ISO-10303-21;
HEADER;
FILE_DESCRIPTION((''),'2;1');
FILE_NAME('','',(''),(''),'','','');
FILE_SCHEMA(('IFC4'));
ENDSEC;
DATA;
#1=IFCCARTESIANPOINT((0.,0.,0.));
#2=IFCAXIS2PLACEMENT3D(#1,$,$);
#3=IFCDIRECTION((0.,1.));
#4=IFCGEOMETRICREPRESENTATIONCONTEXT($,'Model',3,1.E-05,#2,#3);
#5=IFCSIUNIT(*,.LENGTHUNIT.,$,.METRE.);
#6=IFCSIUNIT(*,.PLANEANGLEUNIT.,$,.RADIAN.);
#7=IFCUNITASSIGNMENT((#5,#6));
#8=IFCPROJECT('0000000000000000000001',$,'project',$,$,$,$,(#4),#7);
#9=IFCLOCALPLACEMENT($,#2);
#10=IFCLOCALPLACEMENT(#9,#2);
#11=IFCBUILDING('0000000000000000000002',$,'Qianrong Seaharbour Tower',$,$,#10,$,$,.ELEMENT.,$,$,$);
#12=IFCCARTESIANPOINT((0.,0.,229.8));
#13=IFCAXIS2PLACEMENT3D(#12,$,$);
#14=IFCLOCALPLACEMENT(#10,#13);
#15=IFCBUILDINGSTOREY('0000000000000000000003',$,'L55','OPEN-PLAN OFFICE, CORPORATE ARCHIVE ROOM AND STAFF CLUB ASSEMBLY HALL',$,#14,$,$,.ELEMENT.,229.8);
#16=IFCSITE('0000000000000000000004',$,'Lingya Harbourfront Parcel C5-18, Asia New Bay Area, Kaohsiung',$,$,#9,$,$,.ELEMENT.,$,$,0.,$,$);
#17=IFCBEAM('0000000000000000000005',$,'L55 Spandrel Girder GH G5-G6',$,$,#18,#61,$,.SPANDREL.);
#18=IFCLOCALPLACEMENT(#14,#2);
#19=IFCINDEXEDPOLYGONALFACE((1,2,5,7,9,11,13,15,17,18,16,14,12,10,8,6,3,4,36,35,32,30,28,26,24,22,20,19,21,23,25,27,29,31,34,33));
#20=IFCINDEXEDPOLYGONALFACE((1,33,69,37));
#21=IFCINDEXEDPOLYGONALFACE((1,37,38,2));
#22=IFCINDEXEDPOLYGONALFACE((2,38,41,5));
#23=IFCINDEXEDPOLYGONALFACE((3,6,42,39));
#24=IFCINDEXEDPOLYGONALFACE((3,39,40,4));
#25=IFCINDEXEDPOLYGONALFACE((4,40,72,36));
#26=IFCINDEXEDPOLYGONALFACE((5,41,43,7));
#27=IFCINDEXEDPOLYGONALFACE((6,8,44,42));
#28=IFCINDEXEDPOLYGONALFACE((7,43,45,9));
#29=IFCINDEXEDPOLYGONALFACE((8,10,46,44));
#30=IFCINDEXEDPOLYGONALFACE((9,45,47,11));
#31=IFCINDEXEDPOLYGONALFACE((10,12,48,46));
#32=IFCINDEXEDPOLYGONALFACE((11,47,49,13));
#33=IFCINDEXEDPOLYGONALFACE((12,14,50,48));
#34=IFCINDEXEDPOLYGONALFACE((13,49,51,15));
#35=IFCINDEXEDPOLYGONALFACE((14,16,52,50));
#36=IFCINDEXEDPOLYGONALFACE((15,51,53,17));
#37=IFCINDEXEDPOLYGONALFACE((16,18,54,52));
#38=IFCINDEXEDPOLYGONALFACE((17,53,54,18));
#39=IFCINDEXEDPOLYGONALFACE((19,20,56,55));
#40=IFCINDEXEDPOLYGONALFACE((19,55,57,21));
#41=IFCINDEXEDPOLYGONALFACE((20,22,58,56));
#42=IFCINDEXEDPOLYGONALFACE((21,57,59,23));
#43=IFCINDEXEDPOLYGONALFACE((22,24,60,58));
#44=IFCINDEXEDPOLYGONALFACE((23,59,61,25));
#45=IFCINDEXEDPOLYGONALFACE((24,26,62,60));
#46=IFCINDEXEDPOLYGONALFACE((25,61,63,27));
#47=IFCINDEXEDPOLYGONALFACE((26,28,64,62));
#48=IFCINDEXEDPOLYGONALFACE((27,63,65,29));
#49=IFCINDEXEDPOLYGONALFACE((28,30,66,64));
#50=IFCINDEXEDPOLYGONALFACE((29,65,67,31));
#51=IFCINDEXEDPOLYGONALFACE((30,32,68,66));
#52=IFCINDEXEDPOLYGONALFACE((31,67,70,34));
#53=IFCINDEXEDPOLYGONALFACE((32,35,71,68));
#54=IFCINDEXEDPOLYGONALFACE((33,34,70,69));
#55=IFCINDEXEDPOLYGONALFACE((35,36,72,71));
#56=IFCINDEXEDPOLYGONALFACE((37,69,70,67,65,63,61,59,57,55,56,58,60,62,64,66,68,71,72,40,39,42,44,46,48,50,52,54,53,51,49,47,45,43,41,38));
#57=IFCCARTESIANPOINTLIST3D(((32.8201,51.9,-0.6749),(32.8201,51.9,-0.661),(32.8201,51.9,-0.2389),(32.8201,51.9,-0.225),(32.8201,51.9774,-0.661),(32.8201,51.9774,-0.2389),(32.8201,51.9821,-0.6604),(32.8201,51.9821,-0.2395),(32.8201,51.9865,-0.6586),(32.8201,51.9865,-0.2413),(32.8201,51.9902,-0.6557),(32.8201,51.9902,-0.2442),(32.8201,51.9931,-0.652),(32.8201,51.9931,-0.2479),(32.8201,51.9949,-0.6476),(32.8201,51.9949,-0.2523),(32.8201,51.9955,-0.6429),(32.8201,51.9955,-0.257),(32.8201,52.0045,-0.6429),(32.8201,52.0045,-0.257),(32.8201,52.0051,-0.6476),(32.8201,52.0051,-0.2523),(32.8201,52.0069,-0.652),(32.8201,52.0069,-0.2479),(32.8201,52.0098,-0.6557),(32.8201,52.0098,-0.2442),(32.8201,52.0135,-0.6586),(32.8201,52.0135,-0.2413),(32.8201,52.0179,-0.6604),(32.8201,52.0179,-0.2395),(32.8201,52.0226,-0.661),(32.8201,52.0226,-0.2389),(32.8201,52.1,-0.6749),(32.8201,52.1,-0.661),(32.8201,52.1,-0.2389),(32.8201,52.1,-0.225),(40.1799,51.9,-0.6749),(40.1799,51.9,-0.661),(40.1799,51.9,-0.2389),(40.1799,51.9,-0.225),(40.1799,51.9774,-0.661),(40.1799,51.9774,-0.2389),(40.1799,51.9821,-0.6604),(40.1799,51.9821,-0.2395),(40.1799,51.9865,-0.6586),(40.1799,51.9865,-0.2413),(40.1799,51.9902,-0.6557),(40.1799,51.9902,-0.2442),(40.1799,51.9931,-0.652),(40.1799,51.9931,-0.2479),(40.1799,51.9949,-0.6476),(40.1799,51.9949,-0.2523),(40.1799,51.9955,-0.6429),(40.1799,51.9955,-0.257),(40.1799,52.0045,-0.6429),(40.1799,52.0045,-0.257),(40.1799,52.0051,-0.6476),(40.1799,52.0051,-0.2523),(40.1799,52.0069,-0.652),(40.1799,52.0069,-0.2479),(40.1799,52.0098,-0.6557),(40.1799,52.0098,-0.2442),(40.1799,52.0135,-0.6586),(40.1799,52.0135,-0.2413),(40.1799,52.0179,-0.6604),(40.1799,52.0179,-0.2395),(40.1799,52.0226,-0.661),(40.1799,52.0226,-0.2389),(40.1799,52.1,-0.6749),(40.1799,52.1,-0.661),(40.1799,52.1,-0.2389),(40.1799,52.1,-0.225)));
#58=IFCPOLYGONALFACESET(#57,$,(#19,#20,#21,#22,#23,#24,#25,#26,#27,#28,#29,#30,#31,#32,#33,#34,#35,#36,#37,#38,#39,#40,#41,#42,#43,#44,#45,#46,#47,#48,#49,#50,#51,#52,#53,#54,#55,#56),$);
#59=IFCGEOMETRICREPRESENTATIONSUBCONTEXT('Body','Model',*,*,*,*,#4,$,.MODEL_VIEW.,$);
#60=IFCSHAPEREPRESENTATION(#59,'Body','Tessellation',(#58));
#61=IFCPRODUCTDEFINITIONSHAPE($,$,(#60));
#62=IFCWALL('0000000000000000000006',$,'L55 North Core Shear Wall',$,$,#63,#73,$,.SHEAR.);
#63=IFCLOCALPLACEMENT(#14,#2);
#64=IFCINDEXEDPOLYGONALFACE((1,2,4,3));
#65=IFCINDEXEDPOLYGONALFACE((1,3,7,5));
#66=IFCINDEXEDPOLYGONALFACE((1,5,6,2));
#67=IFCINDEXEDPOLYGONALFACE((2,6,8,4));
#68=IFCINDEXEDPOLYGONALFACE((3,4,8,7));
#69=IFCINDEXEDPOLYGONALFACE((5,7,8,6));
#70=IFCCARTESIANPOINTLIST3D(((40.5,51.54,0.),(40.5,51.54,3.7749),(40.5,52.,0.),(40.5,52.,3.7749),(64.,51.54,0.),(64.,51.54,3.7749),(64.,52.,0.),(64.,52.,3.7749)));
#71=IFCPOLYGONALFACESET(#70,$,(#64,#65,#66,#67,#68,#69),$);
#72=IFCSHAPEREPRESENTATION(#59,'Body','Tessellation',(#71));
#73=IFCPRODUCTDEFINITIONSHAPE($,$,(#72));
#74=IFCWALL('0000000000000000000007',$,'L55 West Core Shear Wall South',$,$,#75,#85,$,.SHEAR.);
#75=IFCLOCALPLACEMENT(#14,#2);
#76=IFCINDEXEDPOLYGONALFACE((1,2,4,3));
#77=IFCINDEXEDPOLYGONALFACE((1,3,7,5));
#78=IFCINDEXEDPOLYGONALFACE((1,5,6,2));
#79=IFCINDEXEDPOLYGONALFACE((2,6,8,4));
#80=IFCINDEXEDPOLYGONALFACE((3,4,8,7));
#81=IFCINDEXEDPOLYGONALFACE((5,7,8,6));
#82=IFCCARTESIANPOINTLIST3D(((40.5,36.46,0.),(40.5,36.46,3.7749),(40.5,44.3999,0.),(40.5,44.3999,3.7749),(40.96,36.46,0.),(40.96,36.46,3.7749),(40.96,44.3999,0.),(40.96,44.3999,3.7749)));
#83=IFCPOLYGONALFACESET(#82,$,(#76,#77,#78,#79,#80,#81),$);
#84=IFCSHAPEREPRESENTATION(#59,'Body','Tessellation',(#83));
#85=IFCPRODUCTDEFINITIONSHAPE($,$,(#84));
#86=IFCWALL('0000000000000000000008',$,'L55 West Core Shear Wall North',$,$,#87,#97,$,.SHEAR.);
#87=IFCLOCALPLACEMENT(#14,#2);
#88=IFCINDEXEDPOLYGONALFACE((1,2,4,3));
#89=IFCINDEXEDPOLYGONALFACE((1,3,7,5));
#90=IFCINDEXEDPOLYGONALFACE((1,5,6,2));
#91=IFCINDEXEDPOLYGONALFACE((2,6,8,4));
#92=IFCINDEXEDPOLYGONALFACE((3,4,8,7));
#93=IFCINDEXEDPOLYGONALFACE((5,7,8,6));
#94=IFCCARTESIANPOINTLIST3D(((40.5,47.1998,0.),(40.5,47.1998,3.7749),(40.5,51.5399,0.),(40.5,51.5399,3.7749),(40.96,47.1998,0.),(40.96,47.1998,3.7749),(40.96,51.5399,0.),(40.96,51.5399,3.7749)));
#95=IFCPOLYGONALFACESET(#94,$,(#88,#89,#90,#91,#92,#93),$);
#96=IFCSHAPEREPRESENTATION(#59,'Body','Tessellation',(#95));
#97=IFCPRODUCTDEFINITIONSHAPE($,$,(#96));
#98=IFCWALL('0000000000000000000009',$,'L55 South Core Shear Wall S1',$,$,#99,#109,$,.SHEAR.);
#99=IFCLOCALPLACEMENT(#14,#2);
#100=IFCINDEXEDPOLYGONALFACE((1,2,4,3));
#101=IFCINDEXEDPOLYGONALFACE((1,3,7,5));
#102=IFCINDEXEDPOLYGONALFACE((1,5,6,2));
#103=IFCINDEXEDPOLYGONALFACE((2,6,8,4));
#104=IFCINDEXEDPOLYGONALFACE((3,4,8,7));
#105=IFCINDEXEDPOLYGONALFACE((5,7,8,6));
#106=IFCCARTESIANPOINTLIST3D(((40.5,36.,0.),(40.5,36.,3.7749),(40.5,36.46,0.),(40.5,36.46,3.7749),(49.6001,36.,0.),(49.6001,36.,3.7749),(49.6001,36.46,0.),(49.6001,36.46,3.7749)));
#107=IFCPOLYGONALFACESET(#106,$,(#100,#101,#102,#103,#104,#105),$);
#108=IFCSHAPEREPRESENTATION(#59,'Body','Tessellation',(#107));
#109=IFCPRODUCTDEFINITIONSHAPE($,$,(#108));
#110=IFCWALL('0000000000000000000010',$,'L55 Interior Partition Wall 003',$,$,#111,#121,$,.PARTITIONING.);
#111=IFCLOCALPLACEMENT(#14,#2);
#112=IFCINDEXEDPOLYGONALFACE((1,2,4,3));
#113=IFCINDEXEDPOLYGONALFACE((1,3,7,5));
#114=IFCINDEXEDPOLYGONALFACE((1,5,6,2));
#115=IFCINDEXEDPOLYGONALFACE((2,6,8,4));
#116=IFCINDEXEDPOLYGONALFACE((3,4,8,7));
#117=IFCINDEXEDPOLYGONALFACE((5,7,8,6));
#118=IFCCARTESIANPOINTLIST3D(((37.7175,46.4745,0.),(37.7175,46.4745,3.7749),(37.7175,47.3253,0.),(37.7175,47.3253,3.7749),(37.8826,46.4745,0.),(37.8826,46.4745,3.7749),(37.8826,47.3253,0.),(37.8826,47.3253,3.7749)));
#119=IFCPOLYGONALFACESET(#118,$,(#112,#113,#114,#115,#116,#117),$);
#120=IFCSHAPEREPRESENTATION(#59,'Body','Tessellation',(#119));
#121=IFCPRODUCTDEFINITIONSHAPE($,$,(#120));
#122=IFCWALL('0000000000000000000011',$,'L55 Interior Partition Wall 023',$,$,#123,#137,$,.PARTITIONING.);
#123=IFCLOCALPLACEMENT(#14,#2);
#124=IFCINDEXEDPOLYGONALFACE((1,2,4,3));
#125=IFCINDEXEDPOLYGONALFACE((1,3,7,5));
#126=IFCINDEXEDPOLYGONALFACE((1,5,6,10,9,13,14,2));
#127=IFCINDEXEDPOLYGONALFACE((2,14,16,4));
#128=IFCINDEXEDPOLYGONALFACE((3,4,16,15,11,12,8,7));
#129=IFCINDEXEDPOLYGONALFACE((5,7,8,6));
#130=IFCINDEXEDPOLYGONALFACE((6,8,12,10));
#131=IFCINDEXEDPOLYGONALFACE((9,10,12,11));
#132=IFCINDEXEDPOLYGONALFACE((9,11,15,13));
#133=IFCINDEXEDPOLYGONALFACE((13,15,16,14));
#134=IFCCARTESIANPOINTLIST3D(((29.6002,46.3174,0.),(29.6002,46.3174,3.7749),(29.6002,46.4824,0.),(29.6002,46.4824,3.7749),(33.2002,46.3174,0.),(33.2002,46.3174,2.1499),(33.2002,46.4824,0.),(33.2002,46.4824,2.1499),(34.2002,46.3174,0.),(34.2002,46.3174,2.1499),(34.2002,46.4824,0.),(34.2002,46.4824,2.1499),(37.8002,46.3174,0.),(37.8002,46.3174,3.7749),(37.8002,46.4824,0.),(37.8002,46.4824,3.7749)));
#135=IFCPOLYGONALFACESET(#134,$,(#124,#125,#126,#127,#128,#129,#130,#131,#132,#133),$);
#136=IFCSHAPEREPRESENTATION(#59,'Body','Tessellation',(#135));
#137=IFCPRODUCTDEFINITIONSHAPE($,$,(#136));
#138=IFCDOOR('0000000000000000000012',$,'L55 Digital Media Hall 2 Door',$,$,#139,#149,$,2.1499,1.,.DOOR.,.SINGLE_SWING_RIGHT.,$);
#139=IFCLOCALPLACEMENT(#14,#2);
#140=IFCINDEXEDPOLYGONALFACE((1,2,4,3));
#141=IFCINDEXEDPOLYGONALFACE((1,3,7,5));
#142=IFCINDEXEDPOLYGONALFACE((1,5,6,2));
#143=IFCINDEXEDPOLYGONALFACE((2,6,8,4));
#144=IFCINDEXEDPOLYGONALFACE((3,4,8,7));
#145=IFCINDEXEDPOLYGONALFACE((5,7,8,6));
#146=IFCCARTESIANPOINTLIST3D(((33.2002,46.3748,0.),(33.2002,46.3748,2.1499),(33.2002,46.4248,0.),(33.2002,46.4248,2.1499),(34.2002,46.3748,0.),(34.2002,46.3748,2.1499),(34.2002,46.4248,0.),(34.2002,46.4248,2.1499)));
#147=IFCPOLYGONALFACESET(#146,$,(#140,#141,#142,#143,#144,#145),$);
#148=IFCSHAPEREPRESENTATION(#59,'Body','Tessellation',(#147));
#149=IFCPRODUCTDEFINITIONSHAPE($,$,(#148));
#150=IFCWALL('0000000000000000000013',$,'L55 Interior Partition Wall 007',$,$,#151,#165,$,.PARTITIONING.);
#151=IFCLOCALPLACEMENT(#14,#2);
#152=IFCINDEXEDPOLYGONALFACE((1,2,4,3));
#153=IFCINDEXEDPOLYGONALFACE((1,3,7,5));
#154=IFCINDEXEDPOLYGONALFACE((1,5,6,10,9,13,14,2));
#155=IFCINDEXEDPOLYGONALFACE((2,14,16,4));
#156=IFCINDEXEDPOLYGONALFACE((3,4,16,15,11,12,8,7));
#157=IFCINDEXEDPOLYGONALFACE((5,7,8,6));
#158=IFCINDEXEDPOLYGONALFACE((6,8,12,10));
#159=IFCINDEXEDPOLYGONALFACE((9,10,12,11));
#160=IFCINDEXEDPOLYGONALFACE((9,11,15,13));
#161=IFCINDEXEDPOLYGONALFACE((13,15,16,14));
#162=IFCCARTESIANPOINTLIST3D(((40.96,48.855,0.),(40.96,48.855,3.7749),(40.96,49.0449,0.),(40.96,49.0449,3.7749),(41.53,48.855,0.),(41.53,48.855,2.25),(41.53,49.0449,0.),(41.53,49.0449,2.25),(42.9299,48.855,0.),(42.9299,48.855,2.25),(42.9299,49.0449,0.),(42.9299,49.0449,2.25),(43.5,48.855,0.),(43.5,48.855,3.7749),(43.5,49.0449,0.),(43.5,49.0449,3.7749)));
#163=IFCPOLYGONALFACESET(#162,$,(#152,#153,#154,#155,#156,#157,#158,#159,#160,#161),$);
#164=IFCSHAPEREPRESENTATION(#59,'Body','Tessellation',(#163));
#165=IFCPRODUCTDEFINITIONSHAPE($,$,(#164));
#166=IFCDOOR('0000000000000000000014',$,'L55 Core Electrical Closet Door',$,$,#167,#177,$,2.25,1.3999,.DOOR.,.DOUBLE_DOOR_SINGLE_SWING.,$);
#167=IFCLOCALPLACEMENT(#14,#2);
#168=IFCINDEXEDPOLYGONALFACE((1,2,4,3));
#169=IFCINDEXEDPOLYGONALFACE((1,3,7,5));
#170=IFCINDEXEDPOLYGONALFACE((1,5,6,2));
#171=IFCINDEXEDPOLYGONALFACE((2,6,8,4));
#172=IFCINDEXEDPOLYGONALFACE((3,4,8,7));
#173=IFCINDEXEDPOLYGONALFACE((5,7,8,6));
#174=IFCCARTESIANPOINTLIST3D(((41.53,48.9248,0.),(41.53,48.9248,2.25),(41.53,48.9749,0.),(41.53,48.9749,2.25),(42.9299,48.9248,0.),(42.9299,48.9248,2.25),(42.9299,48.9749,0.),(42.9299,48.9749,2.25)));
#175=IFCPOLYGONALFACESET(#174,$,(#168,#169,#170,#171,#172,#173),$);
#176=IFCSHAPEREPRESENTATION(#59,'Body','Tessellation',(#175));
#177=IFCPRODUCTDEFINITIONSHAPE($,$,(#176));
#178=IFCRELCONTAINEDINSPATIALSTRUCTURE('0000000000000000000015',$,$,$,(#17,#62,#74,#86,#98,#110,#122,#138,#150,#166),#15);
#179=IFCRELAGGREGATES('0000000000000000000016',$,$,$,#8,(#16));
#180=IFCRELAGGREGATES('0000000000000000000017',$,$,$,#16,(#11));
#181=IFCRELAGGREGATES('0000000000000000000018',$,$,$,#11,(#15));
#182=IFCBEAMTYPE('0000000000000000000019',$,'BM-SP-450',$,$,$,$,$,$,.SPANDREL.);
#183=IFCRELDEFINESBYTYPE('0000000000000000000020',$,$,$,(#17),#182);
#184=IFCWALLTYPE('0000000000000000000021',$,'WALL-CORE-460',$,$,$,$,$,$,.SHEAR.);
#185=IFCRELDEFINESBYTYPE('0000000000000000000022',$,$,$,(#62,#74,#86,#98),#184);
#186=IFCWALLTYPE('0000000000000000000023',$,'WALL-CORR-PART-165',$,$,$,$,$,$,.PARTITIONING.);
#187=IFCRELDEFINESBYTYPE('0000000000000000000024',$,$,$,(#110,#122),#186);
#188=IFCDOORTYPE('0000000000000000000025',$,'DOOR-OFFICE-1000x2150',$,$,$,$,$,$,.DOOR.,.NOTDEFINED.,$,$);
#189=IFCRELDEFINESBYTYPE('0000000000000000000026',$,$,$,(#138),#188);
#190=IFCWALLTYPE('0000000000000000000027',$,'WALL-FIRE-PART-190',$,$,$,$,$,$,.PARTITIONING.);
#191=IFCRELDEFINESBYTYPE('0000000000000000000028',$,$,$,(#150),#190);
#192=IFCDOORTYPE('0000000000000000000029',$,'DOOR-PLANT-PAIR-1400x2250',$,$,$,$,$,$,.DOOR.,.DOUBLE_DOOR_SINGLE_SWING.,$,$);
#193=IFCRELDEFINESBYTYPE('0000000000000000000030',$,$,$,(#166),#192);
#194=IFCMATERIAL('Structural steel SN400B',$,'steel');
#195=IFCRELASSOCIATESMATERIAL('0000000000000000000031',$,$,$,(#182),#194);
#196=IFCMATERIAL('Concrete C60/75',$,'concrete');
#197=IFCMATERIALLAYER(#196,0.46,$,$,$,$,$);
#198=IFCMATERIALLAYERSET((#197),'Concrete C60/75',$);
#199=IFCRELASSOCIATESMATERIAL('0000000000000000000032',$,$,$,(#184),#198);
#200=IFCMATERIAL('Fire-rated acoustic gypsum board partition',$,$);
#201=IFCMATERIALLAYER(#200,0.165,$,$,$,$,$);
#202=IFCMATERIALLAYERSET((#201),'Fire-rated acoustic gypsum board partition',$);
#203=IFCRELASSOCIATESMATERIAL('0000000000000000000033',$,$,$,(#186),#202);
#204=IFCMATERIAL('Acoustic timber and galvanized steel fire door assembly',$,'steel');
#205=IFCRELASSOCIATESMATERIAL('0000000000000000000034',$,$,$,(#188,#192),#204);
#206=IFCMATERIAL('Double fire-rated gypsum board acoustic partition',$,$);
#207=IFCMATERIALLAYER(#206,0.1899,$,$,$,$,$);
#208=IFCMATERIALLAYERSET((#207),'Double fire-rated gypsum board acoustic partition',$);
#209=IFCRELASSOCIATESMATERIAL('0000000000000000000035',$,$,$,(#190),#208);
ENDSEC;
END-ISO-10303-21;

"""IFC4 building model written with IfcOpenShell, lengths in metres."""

from ifc_helpers import new_model, si_unit, direction, frame, frame_2d, origin, origin_2d, place, context, subcontext, project, spatial, rectangle, i_section, extrude, material, layer, layer_set, material_profile, profile_set, type_object, element, fill, save


model = new_model("IFC4")

# Units and contexts
model_context = context("Model", 3, precision=1e-05, world=origin(), true_north=direction((0.0, 1.0)))
body_context = subcontext(model_context, "Body", "Model", "MODEL_VIEW")
ifc_project = project(units=[si_unit("LENGTHUNIT", "METRE"), si_unit("PLANEANGLEUNIT", "RADIAN")], contexts=[model_context])

# Site, building, storey
site_placement = place(None, origin())
site = spatial("IfcSite", under=ifc_project, at=site_placement, Name="Lingya Harbourfront Parcel C5-18, Asia New Bay Area, Kaohsiung", CompositionType="ELEMENT", RefElevation=0.0)
building_placement = place(site_placement, origin())
building = spatial("IfcBuilding", under=site, at=building_placement, Name="Qianrong Seaharbour Tower", CompositionType="ELEMENT")
storey_placement = place(building_placement, frame((0.0, 0.0, 229.8)))
storey = spatial("IfcBuildingStorey", under=building, at=storey_placement, Name="L55", Description="OPEN-PLAN OFFICE, CORPORATE ARCHIVE ROOM AND STAFF CLUB ASSEMBLY HALL", CompositionType="ELEMENT", Elevation=229.8)

# Beam
ifc_material_1 = material(Name="Concrete C60/75", Category="concrete")
ifc_material_2 = material(Name="Structural steel SN400B", Category="steel")
ifc_material_profile_1 = material_profile(ifc_material_2, i_section(OverallWidth=0.2, OverallDepth=0.45, WebThickness=0.009, FlangeThickness=0.0139, FilletRadius=0.0181, at=origin_2d()), Name="H450x200x9x14")
ifc_profile_set_1 = profile_set([ifc_material_profile_1], Name="Structural steel SN400B")
beam_type_1 = type_object("IfcBeamType", Name="BM-SP-450", PredefinedType="SPANDREL", material=ifc_profile_set_1)
beam_1_placement = place(storey_placement, frame((32.8201, 52.0, -0.45), z_axis=(1.0, 0.0, 0.0), x_axis=(0.0, 1.0, 0.0)))
element("IfcBeam", 1, at=beam_1_placement, inside=storey, type_object=beam_type_1, Name="L55 Spandrel Girder GH G5-G6", PredefinedType="SPANDREL", context=body_context, shape_type="SweptSolid", body=[
    extrude(i_section(OverallWidth=0.2, OverallDepth=0.45, WebThickness=0.009, FlangeThickness=0.0139, FilletRadius=0.0181, at=origin_2d()), origin(), (0.0, 0.0, 1.0), 7.3599),
])

# Walls
ifc_layer_1 = layer(ifc_material_1, 0.46)
ifc_layer_set_1 = layer_set([ifc_layer_1], Name="Concrete C60/75")
wall_type_1 = type_object("IfcWallType", Name="WALL-CORE-460", PredefinedType="SHEAR", material=ifc_layer_set_1)
wall_1_placement = place(storey_placement, frame((40.5, 51.77, 0.0), z_axis=(0.0, 0.0, 1.0), x_axis=(1.0, 0.0, 0.0)))
element("IfcWall", 2, at=wall_1_placement, inside=storey, type_object=wall_type_1, Name="L55 North Core Shear Wall", PredefinedType="SHEAR", context=body_context, shape_type="SweptSolid", body=[
    extrude(rectangle(XDim=23.5, YDim=0.46, at=frame_2d((11.75, 0.0))), origin(), (0.0, 0.0, 1.0), 3.7749),
])
wall_2_placement = place(storey_placement, frame((40.73, 36.46, 0.0), z_axis=(0.0, 0.0, 1.0), x_axis=(0.0, 1.0, 0.0)))
element("IfcWall", 3, at=wall_2_placement, inside=storey, type_object=wall_type_1, Name="L55 West Core Shear Wall South", PredefinedType="SHEAR", context=body_context, shape_type="SweptSolid", body=[
    extrude(rectangle(XDim=7.9399, YDim=0.46, at=frame_2d((3.97, 0.0))), origin(), (0.0, 0.0, 1.0), 3.7749),
])
wall_3_placement = place(storey_placement, frame((40.73, 47.2, 0.0), z_axis=(0.0, 0.0, 1.0), x_axis=(0.0, 1.0, 0.0)))
element("IfcWall", 4, at=wall_3_placement, inside=storey, type_object=wall_type_1, Name="L55 West Core Shear Wall North", PredefinedType="SHEAR", context=body_context, shape_type="SweptSolid", body=[
    extrude(rectangle(XDim=4.3401, YDim=0.46, at=frame_2d((2.1699, 0.0))), origin(), (0.0, 0.0, 1.0), 3.7749),
])
wall_4_placement = place(storey_placement, frame((40.5, 36.23, 0.0), z_axis=(0.0, 0.0, 1.0), x_axis=(1.0, 0.0, 0.0)))
element("IfcWall", 5, at=wall_4_placement, inside=storey, type_object=wall_type_1, Name="L55 South Core Shear Wall S1", PredefinedType="SHEAR", context=body_context, shape_type="SweptSolid", body=[
    extrude(rectangle(XDim=9.1001, YDim=0.46, at=frame_2d((4.55, 0.0))), origin(), (0.0, 0.0, 1.0), 3.7749),
])

# Shared definitions
ifc_material_3 = material(Name="Fire-rated acoustic gypsum board partition")
ifc_layer_2 = layer(ifc_material_3, 0.165)
ifc_layer_set_2 = layer_set([ifc_layer_2], Name="Fire-rated acoustic gypsum board partition")
wall_type_2 = type_object("IfcWallType", Name="WALL-CORR-PART-165", PredefinedType="PARTITIONING", material=ifc_layer_set_2)
ifc_material_4 = material(Name="Acoustic timber and galvanized steel fire door assembly", Category="steel")

# Wall
wall_5_placement = place(storey_placement, frame((37.8, 46.4746, 0.0), z_axis=(0.0, 0.0, 1.0), x_axis=(0.0, 1.0, 0.0)))
element("IfcWall", 6, at=wall_5_placement, inside=storey, type_object=wall_type_2, Name="L55 Interior Partition Wall 003", PredefinedType="PARTITIONING", context=body_context, shape_type="SweptSolid", body=[
    extrude(rectangle(XDim=0.8508, YDim=0.165, at=frame_2d((0.4253, 0.0))), origin(), (0.0, 0.0, 1.0), 3.7749),
])

# Walls, openings, doors
wall_6_placement = place(storey_placement, frame((29.6001, 46.3999, 0.0), z_axis=(0.0, 0.0, 1.0), x_axis=(1.0, 0.0, 0.0)))
wall_6 = element("IfcWall", 7, at=wall_6_placement, inside=storey, type_object=wall_type_2, Name="L55 Interior Partition Wall 023", PredefinedType="PARTITIONING", context=body_context, shape_type="SweptSolid", body=[
    extrude(rectangle(XDim=8.2, YDim=0.165, at=frame_2d((4.1001, 0.0))), origin(), (0.0, 0.0, 1.0), 3.7749),
])
opening_1_placement = place(wall_6_placement, frame((3.6001, 0.0, 0.0)))
opening_1 = element("IfcOpeningElement", 8, at=opening_1_placement, cuts=wall_6, PredefinedType="OPENING", context=body_context, shape_type="SweptSolid", body=[
    extrude(rectangle(XDim=1.0, YDim=2.1499, at=frame_2d((0.5, 1.075))), frame((0.0, 0.0925, 0.0), z_axis=(0.0, -1.0, 0.0), x_axis=(1.0, 0.0, 0.0)), (0.0, 0.0, 1.0), 0.1851),
])
door_type_1 = type_object("IfcDoorType", Name="DOOR-OFFICE-1000x2150", OperationType="NOTDEFINED", PredefinedType="DOOR", material=ifc_material_4)
door_1_placement = place(opening_1_placement, origin())
door_1 = element("IfcDoor", 9, at=door_1_placement, inside=storey, type_object=door_type_1, Name="L55 Digital Media Hall 2 Door", OperationType="SINGLE_SWING_RIGHT", OverallHeight=2.1499, OverallWidth=1.0, PredefinedType="DOOR", context=body_context, shape_type="SweptSolid", body=[
    extrude(rectangle(XDim=1.0, YDim=2.1499, at=frame_2d((0.5, 1.075))), frame((0.0, 0.0249, 0.0), z_axis=(0.0, -1.0, 0.0), x_axis=(1.0, 0.0, 0.0)), (0.0, 0.0, 1.0), 0.05),
])
fill(opening_1, door_1)
ifc_material_5 = material(Name="Double fire-rated gypsum board acoustic partition")
ifc_layer_3 = layer(ifc_material_5, 0.1899)
ifc_layer_set_3 = layer_set([ifc_layer_3], Name="Double fire-rated gypsum board acoustic partition")
wall_type_3 = type_object("IfcWallType", Name="WALL-FIRE-PART-190", PredefinedType="PARTITIONING", material=ifc_layer_set_3)
wall_7_placement = place(storey_placement, frame((40.96, 48.95, 0.0), z_axis=(0.0, 0.0, 1.0), x_axis=(1.0, 0.0, 0.0)))
wall_7 = element("IfcWall", 10, at=wall_7_placement, inside=storey, type_object=wall_type_3, Name="L55 Interior Partition Wall 007", PredefinedType="PARTITIONING", context=body_context, shape_type="SweptSolid", body=[
    extrude(rectangle(XDim=2.54, YDim=0.1899, at=frame_2d((1.27, 0.0))), origin(), (0.0, 0.0, 1.0), 3.7749),
])
opening_2_placement = place(wall_7_placement, frame((0.5701, 0.0, 0.0)))
opening_2 = element("IfcOpeningElement", 11, at=opening_2_placement, cuts=wall_7, PredefinedType="OPENING", context=body_context, shape_type="SweptSolid", body=[
    extrude(rectangle(XDim=1.3999, YDim=2.25, at=frame_2d((0.7, 1.125))), frame((0.0, 0.105, 0.0), z_axis=(0.0, -1.0, 0.0), x_axis=(1.0, 0.0, 0.0)), (0.0, 0.0, 1.0), 0.21),
])
door_type_2 = type_object("IfcDoorType", Name="DOOR-PLANT-PAIR-1400x2250", OperationType="DOUBLE_DOOR_SINGLE_SWING", PredefinedType="DOOR", material=ifc_material_4)
door_2_placement = place(opening_2_placement, origin())
door_2 = element("IfcDoor", 12, at=door_2_placement, inside=storey, type_object=door_type_2, Name="L55 Core Electrical Closet Door", OperationType="DOUBLE_DOOR_SINGLE_SWING", OverallHeight=2.25, OverallWidth=1.3999, PredefinedType="DOOR", context=body_context, shape_type="SweptSolid", body=[
    extrude(rectangle(XDim=1.3999, YDim=2.25, at=frame_2d((0.7, 1.125))), frame((0.0, 0.0249, 0.0), z_axis=(0.0, -1.0, 0.0), x_axis=(1.0, 0.0, 0.0)), (0.0, 0.0, 1.0), 0.05),
])
fill(opening_2, door_2)

save(model, "model.ifc")
